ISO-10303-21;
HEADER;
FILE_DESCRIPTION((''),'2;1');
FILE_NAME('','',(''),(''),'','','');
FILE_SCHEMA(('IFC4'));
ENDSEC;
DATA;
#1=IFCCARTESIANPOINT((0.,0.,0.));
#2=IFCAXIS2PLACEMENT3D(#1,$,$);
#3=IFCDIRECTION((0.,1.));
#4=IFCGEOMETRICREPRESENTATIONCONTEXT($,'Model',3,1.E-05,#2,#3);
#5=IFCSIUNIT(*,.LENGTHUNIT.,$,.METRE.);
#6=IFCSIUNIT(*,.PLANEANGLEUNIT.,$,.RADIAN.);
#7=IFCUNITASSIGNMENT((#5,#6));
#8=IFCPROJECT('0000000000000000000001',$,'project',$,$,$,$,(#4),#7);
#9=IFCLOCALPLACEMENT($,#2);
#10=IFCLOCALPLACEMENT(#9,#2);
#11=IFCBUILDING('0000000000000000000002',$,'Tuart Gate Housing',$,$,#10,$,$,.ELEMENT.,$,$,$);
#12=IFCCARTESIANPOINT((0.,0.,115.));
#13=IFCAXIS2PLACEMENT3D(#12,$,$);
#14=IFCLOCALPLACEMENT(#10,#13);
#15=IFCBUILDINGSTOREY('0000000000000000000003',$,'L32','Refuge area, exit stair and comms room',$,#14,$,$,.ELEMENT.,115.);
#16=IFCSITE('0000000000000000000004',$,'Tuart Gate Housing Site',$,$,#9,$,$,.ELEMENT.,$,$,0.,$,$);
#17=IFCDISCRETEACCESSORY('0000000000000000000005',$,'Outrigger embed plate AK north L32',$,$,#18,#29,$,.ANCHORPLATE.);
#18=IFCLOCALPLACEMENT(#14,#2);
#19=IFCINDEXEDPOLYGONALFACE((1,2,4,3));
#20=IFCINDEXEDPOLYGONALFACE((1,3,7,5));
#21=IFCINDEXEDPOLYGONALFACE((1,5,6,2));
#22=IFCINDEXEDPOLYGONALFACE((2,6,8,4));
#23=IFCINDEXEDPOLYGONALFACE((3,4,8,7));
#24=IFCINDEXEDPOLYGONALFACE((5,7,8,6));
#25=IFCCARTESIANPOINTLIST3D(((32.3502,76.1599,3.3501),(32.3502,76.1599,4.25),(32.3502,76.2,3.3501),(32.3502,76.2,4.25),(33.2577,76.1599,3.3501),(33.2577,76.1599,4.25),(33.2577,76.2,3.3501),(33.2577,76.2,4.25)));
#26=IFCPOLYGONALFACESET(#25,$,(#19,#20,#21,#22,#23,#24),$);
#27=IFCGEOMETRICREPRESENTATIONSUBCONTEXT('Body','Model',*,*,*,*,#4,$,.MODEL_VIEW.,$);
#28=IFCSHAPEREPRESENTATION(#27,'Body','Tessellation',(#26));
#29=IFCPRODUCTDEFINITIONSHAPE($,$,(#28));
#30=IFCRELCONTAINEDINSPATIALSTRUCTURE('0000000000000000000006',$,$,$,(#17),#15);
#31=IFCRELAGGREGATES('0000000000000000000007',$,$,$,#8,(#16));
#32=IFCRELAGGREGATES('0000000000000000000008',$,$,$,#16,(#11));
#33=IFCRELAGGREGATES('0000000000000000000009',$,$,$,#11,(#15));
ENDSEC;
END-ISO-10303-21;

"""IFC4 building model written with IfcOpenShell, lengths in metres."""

from ifc_helpers import new_model, si_unit, direction, frame, origin, origin_2d, place, context, subcontext, project, spatial, rectangle, extrude, element, save


model = new_model("IFC4")

# Units and contexts
model_context = context("Model", 3, precision=1e-05, world=origin(), true_north=direction((0.0, 1.0)))
body_context = subcontext(model_context, "Body", "Model", "MODEL_VIEW")
ifc_project = project(units=[si_unit("LENGTHUNIT", "METRE"), si_unit("PLANEANGLEUNIT", "RADIAN")], contexts=[model_context])

# Site, building, storey
site_placement = place(None, origin())
site = spatial("IfcSite", under=ifc_project, at=site_placement, Name="Tuart Gate Housing Site", CompositionType="ELEMENT", RefElevation=0.0)
building_placement = place(site_placement, origin())
building = spatial("IfcBuilding", under=site, at=building_placement, Name="Tuart Gate Housing", CompositionType="ELEMENT")
storey_placement = place(building_placement, frame((0.0, 0.0, 115.0)))
storey = spatial("IfcBuildingStorey", under=building, at=storey_placement, Name="L32", Description="Refuge area, exit stair and comms room", CompositionType="ELEMENT", Elevation=115.0)

# Discrete accessory
discrete_accessory_placement = place(storey_placement, frame((32.804, 76.1799, 3.3501), z_axis=(0.0, 0.0, 1.0), x_axis=(1.0, 0.0, 0.0)))
element("IfcDiscreteAccessory", 1, at=discrete_accessory_placement, inside=storey, Name="Outrigger embed plate AK north L32", PredefinedType="ANCHORPLATE", context=body_context, shape_type="SweptSolid", body=[
    extrude(rectangle(XDim=0.9075, YDim=0.04, at=origin_2d()), origin(), (0.0, 0.0, 1.0), 0.8999),
])

save(model, "model.ifc")
